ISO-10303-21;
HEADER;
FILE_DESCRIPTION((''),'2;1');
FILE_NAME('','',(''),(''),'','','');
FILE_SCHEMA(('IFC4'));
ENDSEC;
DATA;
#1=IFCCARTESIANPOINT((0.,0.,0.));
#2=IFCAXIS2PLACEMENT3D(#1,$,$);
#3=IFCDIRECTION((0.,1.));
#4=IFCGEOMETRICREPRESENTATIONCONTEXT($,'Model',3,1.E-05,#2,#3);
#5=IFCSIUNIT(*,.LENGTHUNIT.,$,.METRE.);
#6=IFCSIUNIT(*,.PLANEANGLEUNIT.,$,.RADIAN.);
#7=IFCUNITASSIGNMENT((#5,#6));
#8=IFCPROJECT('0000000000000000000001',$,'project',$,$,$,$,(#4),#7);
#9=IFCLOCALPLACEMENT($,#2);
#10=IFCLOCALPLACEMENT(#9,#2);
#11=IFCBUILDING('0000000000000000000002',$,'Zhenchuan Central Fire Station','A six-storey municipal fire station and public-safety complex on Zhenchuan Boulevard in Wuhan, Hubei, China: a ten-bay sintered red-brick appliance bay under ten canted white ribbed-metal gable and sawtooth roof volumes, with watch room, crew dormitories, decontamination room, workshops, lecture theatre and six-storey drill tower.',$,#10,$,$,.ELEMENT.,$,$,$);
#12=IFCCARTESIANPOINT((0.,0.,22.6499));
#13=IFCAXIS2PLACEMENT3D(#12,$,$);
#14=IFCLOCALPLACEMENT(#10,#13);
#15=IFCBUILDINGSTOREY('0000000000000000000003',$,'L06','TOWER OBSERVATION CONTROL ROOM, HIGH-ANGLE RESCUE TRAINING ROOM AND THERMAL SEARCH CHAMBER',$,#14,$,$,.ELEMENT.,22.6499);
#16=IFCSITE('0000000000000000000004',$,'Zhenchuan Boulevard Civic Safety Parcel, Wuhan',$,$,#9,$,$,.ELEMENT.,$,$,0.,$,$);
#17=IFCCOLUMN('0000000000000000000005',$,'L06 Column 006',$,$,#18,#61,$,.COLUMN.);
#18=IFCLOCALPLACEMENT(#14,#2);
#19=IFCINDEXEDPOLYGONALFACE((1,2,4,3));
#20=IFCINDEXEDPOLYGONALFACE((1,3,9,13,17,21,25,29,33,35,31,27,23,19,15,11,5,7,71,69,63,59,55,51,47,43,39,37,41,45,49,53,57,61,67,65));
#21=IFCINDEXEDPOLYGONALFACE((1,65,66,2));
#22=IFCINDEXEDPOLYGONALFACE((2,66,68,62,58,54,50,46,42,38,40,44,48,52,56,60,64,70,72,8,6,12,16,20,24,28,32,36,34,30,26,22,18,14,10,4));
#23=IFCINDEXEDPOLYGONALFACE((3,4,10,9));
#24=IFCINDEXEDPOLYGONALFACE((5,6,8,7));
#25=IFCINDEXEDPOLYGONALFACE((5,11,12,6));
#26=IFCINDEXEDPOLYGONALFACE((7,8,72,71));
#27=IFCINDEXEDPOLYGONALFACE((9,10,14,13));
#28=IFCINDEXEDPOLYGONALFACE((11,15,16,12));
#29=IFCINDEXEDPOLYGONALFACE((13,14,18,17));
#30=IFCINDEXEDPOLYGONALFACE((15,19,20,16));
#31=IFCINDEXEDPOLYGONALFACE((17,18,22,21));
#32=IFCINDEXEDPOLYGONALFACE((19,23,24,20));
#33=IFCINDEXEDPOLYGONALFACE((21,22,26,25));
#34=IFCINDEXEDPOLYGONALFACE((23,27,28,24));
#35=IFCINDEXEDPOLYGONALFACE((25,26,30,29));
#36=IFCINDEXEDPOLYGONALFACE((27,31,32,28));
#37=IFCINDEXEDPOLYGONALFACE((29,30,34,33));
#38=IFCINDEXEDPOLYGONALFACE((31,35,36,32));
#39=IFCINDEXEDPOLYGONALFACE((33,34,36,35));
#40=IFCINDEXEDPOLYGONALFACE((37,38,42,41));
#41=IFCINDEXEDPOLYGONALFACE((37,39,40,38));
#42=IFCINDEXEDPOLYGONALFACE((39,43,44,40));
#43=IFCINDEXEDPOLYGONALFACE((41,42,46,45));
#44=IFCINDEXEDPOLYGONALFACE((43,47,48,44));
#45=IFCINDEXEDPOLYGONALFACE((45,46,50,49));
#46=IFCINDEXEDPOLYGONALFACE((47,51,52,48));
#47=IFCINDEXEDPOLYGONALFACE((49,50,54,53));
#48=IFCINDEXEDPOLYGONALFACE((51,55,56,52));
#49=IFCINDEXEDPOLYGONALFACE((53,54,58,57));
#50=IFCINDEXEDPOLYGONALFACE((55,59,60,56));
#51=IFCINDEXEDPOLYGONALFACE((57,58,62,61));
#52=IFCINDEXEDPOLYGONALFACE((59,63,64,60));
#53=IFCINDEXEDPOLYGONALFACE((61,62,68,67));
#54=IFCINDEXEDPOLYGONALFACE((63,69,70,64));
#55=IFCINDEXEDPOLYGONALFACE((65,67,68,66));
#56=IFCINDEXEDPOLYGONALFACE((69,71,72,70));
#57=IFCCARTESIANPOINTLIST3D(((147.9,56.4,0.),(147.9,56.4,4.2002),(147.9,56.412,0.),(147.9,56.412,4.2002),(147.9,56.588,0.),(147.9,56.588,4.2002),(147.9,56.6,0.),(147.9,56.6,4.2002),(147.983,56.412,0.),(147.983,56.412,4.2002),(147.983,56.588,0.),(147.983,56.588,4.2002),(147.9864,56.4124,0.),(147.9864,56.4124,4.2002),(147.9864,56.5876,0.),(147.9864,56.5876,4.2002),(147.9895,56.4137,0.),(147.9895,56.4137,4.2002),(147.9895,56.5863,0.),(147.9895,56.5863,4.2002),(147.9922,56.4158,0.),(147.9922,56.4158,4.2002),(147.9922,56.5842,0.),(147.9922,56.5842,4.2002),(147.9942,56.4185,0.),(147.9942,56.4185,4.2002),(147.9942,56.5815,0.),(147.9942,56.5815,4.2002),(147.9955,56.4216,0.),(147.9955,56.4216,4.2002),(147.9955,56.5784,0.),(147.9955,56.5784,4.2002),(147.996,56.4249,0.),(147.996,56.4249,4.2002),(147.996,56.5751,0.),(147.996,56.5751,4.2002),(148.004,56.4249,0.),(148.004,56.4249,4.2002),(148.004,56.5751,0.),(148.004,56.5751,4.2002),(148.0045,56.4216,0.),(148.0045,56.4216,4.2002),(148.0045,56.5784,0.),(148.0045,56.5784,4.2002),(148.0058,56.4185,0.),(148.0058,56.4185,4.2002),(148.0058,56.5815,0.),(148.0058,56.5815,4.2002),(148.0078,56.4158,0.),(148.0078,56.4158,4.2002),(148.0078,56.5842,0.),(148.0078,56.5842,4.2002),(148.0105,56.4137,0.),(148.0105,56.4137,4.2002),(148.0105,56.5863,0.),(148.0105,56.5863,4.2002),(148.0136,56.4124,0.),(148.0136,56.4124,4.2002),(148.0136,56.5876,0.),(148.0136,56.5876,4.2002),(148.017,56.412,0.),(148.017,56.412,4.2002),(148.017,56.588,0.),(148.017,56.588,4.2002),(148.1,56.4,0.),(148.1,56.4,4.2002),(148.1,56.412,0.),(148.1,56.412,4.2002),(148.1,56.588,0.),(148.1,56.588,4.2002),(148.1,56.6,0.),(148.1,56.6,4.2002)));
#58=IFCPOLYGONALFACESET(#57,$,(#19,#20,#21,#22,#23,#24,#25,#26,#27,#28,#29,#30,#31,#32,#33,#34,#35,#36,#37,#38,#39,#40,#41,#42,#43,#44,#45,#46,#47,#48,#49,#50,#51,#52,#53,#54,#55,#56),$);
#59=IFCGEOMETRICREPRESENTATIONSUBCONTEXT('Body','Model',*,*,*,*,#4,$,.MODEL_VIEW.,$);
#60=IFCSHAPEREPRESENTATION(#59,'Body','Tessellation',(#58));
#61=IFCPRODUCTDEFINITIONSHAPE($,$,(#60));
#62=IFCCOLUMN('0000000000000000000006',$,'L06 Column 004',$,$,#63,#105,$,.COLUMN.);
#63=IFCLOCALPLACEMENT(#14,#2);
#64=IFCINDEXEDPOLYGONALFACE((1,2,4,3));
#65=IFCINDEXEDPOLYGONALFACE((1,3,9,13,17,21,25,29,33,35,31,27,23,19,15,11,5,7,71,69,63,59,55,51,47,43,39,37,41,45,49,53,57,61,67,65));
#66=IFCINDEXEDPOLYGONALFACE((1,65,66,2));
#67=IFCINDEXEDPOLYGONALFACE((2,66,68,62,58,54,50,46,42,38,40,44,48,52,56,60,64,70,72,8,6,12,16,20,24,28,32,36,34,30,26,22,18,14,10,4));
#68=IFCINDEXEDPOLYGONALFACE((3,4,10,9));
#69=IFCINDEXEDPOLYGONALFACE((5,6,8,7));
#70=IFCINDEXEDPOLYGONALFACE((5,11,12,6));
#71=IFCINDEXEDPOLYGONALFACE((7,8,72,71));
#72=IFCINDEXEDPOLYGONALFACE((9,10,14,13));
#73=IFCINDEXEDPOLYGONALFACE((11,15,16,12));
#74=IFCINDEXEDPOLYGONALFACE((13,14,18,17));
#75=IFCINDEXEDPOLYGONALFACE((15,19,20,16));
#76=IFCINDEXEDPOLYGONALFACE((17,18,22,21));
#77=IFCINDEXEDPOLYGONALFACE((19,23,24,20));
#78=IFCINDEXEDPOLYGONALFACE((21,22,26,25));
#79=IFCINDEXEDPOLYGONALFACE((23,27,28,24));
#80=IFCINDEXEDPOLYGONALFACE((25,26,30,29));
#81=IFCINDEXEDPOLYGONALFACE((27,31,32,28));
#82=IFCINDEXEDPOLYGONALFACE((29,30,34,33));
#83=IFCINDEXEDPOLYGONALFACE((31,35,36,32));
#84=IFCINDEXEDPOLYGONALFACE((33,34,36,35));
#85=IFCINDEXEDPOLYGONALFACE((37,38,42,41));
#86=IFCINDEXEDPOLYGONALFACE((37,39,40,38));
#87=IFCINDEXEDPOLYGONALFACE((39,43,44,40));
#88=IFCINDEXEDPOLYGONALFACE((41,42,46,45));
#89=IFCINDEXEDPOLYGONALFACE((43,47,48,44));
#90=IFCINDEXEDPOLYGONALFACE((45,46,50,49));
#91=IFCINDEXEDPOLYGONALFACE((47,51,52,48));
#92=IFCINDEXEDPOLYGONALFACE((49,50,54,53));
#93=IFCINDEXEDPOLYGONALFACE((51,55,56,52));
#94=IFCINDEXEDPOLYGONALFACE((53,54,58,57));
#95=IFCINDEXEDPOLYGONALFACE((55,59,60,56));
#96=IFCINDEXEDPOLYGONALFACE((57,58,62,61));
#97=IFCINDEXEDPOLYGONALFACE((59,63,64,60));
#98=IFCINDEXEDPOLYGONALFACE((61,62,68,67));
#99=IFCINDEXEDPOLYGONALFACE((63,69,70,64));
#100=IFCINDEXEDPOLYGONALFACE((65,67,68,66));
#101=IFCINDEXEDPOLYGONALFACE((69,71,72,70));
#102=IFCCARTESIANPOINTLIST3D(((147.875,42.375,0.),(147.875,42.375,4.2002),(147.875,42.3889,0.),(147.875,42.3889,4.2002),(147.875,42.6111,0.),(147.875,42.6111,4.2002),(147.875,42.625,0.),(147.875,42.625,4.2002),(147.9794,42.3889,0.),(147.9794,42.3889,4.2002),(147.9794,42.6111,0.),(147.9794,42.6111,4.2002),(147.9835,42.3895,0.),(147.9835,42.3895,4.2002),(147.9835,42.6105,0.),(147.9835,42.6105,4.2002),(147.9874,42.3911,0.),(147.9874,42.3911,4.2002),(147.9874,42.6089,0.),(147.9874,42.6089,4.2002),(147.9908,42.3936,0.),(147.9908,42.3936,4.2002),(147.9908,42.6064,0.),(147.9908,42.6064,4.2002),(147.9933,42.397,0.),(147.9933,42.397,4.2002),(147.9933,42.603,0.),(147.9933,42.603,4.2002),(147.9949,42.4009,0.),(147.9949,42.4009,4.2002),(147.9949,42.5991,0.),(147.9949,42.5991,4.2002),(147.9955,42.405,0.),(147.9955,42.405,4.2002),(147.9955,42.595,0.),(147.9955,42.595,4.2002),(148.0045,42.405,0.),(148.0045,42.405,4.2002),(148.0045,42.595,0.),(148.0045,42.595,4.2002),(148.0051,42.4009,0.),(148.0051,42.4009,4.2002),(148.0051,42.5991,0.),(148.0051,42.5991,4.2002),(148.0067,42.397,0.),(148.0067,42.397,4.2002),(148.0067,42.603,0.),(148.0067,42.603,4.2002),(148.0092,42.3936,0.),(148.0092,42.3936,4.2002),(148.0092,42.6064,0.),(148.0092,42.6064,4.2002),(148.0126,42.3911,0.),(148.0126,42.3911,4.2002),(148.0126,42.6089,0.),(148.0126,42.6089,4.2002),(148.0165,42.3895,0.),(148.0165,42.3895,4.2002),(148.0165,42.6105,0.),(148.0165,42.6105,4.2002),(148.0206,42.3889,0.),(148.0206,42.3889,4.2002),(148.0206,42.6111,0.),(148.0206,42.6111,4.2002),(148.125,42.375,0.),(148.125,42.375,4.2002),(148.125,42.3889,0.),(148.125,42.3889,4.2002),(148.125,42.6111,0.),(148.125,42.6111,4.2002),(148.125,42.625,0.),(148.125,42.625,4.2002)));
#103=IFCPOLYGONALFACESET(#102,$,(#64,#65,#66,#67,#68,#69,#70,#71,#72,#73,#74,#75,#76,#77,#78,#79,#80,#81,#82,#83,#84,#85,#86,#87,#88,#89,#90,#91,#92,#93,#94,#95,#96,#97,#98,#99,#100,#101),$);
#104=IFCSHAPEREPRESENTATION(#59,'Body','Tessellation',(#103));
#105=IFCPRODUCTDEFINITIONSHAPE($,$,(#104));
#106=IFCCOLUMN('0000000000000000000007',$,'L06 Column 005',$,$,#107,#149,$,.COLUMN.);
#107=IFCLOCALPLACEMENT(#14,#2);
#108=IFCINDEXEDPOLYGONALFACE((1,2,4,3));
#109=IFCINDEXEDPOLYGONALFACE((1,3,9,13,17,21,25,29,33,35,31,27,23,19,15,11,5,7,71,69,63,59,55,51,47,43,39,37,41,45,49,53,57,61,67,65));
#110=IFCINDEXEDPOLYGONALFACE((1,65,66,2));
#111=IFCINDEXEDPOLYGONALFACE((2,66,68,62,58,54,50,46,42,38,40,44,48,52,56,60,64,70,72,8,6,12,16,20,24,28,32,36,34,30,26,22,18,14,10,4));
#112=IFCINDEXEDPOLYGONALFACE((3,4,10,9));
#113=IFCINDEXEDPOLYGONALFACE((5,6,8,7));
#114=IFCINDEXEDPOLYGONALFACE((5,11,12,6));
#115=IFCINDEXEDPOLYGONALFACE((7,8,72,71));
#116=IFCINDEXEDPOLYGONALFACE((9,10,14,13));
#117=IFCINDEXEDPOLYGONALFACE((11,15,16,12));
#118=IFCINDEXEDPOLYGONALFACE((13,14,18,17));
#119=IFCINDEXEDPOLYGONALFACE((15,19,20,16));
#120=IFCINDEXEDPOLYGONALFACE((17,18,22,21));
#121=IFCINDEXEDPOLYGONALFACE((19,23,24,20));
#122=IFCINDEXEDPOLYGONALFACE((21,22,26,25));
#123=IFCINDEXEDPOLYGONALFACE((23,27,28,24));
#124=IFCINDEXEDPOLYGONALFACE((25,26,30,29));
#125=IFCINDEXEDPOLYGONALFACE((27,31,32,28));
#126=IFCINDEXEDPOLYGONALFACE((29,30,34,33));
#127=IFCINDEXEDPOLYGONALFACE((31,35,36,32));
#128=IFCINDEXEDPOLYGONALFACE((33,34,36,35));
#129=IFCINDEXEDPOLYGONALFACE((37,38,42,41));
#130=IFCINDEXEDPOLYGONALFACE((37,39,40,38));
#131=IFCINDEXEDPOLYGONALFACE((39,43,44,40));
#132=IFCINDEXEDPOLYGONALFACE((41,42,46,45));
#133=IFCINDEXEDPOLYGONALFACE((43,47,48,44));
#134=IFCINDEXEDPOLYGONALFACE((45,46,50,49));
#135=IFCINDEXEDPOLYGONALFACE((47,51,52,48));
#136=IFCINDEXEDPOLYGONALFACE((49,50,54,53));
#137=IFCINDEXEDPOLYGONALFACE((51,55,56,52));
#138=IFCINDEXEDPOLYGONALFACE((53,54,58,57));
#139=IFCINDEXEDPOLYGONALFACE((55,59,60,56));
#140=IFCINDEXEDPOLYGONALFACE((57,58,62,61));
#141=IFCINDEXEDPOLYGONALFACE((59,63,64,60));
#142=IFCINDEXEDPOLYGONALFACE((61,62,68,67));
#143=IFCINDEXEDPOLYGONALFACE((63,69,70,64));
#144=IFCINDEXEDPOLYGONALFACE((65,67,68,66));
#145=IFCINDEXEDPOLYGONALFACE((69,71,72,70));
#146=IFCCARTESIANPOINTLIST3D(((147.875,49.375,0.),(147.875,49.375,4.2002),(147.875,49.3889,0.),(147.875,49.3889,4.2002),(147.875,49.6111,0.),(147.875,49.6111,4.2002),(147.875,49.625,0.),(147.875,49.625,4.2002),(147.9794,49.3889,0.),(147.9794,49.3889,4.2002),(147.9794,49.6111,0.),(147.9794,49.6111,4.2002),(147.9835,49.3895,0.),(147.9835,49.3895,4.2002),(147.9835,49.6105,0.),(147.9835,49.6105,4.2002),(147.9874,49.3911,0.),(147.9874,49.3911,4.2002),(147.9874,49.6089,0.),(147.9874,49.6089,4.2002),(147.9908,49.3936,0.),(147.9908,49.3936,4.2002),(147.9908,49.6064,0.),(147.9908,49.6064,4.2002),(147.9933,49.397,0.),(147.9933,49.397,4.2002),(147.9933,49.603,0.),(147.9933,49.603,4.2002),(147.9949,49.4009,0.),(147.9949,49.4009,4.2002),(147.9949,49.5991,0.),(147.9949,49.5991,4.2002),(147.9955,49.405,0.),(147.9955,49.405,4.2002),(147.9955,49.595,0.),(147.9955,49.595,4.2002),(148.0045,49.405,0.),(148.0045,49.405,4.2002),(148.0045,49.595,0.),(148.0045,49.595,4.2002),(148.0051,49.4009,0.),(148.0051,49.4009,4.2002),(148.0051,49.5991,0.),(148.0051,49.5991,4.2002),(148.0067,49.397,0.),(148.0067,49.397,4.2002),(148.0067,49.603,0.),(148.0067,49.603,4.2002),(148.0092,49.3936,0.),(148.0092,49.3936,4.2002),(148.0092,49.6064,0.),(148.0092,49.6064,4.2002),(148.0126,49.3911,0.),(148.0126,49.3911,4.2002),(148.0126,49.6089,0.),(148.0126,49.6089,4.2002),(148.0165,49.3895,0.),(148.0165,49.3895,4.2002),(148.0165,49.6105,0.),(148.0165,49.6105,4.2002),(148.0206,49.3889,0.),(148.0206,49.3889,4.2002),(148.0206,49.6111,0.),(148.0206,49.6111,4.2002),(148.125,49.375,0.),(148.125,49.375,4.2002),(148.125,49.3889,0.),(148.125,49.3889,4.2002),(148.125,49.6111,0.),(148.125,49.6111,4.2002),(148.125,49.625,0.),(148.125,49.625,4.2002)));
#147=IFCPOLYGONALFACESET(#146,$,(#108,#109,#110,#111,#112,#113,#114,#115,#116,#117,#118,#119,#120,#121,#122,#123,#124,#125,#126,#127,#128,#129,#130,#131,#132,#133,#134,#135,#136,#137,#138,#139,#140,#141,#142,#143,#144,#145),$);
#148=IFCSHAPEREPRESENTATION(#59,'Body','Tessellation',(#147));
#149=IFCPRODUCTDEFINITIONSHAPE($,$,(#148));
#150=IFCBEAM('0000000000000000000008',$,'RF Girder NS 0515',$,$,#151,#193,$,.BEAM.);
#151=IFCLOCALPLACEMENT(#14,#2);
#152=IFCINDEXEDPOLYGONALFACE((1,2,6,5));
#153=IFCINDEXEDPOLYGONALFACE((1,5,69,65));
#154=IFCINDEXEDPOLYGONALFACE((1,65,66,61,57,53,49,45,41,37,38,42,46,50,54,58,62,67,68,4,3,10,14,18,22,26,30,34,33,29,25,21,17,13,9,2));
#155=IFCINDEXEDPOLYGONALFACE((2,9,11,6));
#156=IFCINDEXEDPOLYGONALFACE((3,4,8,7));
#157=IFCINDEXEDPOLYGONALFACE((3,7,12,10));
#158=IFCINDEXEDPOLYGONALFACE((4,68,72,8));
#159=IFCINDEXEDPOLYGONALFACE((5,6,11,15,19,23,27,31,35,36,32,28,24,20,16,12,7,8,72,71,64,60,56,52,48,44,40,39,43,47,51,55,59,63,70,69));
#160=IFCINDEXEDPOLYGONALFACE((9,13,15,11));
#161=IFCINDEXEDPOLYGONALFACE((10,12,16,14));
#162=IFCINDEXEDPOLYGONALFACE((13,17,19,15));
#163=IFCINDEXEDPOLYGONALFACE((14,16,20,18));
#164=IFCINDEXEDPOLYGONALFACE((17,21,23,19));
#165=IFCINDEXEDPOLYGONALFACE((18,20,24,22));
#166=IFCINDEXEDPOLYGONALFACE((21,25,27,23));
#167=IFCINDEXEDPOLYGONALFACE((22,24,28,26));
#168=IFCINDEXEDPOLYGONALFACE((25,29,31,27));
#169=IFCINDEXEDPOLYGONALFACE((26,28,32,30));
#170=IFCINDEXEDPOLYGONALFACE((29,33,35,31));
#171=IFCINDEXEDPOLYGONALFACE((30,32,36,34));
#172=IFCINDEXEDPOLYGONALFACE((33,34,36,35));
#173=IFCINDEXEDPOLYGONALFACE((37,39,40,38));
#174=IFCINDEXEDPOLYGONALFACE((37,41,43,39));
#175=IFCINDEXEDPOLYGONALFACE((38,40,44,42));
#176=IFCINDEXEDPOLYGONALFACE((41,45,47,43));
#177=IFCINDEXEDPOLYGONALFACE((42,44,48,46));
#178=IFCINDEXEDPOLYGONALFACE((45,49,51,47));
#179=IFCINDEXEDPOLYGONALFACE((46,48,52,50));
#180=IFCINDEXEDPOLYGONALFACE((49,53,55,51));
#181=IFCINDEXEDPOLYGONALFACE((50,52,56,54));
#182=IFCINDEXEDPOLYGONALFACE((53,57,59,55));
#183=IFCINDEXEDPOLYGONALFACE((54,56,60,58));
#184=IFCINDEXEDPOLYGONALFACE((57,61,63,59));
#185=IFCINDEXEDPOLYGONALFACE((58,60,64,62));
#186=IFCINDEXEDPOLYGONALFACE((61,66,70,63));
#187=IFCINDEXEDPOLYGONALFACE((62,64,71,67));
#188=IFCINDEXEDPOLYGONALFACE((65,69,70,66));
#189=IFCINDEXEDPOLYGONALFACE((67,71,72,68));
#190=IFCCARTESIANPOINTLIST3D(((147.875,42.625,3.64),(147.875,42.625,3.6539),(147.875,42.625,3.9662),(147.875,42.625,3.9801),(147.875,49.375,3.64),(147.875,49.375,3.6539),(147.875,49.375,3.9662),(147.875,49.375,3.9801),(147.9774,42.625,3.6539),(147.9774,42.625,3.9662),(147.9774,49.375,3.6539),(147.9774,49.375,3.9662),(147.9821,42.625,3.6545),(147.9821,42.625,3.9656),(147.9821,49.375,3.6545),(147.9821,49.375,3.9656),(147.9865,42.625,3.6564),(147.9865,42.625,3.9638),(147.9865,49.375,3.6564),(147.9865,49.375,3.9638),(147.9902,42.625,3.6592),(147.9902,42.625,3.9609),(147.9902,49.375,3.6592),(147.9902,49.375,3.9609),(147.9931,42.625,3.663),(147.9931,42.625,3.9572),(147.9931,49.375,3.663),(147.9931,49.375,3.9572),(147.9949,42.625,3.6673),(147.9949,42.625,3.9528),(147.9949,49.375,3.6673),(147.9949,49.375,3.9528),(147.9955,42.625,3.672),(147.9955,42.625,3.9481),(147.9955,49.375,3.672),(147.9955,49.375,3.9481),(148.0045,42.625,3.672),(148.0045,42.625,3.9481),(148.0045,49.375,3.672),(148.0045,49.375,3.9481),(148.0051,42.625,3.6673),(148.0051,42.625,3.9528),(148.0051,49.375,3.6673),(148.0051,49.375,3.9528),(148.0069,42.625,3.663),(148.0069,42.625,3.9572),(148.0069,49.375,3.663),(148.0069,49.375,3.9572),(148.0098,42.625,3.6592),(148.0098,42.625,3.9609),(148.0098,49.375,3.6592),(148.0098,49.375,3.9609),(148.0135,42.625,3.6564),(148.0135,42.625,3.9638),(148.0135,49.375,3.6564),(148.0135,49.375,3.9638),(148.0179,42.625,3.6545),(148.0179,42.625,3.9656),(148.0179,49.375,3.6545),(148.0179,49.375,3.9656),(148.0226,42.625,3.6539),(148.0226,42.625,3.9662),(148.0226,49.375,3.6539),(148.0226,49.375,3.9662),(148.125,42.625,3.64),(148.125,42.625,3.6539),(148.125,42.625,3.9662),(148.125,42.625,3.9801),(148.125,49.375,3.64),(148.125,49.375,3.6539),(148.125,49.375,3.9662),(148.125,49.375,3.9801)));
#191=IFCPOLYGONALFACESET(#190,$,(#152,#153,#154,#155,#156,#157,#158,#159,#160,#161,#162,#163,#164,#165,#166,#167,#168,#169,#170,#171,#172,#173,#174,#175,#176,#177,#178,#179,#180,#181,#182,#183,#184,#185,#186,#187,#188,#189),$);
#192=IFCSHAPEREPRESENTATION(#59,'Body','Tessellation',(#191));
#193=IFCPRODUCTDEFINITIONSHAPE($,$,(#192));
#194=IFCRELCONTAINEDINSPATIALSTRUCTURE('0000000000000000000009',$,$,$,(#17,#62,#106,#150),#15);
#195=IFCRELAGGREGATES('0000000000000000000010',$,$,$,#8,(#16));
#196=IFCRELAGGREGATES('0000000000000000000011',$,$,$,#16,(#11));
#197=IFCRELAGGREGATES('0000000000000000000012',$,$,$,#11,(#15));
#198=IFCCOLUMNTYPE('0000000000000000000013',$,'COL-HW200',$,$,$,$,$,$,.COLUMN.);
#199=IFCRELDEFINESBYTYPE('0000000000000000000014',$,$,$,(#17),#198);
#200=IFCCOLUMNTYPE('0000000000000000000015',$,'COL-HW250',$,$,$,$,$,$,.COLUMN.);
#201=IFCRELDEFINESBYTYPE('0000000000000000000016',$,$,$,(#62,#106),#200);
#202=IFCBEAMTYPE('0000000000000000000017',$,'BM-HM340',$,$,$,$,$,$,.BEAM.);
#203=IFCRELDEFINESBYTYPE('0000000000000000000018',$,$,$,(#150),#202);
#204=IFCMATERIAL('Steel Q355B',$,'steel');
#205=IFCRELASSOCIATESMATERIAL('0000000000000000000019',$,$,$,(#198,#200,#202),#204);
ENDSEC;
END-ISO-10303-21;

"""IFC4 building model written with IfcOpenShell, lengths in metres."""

from ifc_helpers import new_model, si_unit, direction, frame, origin, origin_2d, place, context, subcontext, project, spatial, i_section, extrude, material, material_profile, profile_set, type_object, element, save


model = new_model("IFC4")

# Units and contexts
model_context = context("Model", 3, precision=1e-05, world=origin(), true_north=direction((0.0, 1.0)))
body_context = subcontext(model_context, "Body", "Model", "MODEL_VIEW")
ifc_project = project(units=[si_unit("LENGTHUNIT", "METRE"), si_unit("PLANEANGLEUNIT", "RADIAN")], contexts=[model_context])

# Site, building, storey
site_placement = place(None, origin())
site = spatial("IfcSite", under=ifc_project, at=site_placement, Name="Zhenchuan Boulevard Civic Safety Parcel, Wuhan", CompositionType="ELEMENT", RefElevation=0.0)
building_placement = place(site_placement, origin())
building = spatial("IfcBuilding", under=site, at=building_placement, Name="Zhenchuan Central Fire Station", Description="A six-storey municipal fire station and public-safety complex on Zhenchuan Boulevard in Wuhan, Hubei, China: a ten-bay sintered red-brick appliance bay under ten canted white ribbed-metal gable and sawtooth roof volumes, with watch room, crew dormitories, decontamination room, workshops, lecture theatre and six-storey drill tower.", CompositionType="ELEMENT")
storey_placement = place(building_placement, frame((0.0, 0.0, 22.6499)))
storey = spatial("IfcBuildingStorey", under=building, at=storey_placement, Name="L06", Description="TOWER OBSERVATION CONTROL ROOM, HIGH-ANGLE RESCUE TRAINING ROOM AND THERMAL SEARCH CHAMBER", CompositionType="ELEMENT", Elevation=22.6499)

# Columns
ifc_material_1 = material(Name="Steel Q355B", Category="steel")
ifc_material_profile_1 = material_profile(ifc_material_1, i_section(OverallWidth=0.2, OverallDepth=0.2, WebThickness=0.0081, FlangeThickness=0.012, FilletRadius=0.0129, at=origin_2d()), Name="HW 200x200")
ifc_profile_set_1 = profile_set([ifc_material_profile_1], Name="Steel Q355B")
column_type_1 = type_object("IfcColumnType", Name="COL-HW200", PredefinedType="COLUMN", material=ifc_profile_set_1)
column_placement = place(storey_placement, frame((148.0, 56.5, 0.0), z_axis=(0.0, 0.0, 1.0), x_axis=(1.0, 0.0, 0.0)))
element("IfcColumn", 1, at=column_placement, inside=storey, type_object=column_type_1, Name="L06 Column 006", PredefinedType="COLUMN", context=body_context, shape_type="SweptSolid", body=[
    extrude(i_section(OverallWidth=0.2, OverallDepth=0.2, WebThickness=0.0081, FlangeThickness=0.012, FilletRadius=0.0129, at=origin_2d()), origin(), (0.0, 0.0, 1.0), 4.2002),
])
ifc_material_profile_2 = material_profile(ifc_material_1, i_section(OverallWidth=0.25, OverallDepth=0.25, WebThickness=0.009, FlangeThickness=0.0139, FilletRadius=0.0161, at=origin_2d()), Name="HW 250x250")
ifc_profile_set_2 = profile_set([ifc_material_profile_2], Name="Steel Q355B")
column_type_2 = type_object("IfcColumnType", Name="COL-HW250", PredefinedType="COLUMN", material=ifc_profile_set_2)
for number, where, z_axis, x_axis, name in (
    (2, (148.0, 42.5, 0.0), (0.0, 0.0, 1.0), (1.0, 0.0, 0.0), "L06 Column 004"),
    (3, (148.0, 49.5, 0.0), (0.0, 0.0, 1.0), (1.0, 0.0, 0.0), "L06 Column 005"),
):
    element("IfcColumn", number, at=place(storey_placement, frame(where, z_axis=z_axis, x_axis=x_axis)), inside=storey, type_object=column_type_2, Name=name, PredefinedType="COLUMN", context=body_context, shape_type="SweptSolid", body=[
        extrude(i_section(OverallWidth=0.25, OverallDepth=0.25, WebThickness=0.009, FlangeThickness=0.0139, FilletRadius=0.0161, at=origin_2d()), origin(), (0.0, 0.0, 1.0), 4.2002),
    ])

# Beam
ifc_material_profile_3 = material_profile(ifc_material_1, i_section(OverallWidth=0.25, OverallDepth=0.3401, WebThickness=0.009, FlangeThickness=0.0139, FilletRadius=0.0181, at=origin_2d()), Name="HM 340x250")
ifc_profile_set_3 = profile_set([ifc_material_profile_3], Name="Steel Q355B")
beam_type_1 = type_object("IfcBeamType", Name="BM-HM340", PredefinedType="BEAM", material=ifc_profile_set_3)
beam_1_placement = place(storey_placement, frame((148.0, 42.625, 3.8101), z_axis=(0.0, 1.0, 0.0), x_axis=(-1.0, 0.0, 0.0)))
element("IfcBeam", 4, at=beam_1_placement, inside=storey, type_object=beam_type_1, Name="RF Girder NS 0515", PredefinedType="BEAM", context=body_context, shape_type="SweptSolid", body=[
    extrude(i_section(OverallWidth=0.25, OverallDepth=0.3401, WebThickness=0.009, FlangeThickness=0.0139, FilletRadius=0.0181, at=origin_2d()), origin(), (0.0, 0.0, 1.0), 6.75),
])

save(model, "model.ifc")
